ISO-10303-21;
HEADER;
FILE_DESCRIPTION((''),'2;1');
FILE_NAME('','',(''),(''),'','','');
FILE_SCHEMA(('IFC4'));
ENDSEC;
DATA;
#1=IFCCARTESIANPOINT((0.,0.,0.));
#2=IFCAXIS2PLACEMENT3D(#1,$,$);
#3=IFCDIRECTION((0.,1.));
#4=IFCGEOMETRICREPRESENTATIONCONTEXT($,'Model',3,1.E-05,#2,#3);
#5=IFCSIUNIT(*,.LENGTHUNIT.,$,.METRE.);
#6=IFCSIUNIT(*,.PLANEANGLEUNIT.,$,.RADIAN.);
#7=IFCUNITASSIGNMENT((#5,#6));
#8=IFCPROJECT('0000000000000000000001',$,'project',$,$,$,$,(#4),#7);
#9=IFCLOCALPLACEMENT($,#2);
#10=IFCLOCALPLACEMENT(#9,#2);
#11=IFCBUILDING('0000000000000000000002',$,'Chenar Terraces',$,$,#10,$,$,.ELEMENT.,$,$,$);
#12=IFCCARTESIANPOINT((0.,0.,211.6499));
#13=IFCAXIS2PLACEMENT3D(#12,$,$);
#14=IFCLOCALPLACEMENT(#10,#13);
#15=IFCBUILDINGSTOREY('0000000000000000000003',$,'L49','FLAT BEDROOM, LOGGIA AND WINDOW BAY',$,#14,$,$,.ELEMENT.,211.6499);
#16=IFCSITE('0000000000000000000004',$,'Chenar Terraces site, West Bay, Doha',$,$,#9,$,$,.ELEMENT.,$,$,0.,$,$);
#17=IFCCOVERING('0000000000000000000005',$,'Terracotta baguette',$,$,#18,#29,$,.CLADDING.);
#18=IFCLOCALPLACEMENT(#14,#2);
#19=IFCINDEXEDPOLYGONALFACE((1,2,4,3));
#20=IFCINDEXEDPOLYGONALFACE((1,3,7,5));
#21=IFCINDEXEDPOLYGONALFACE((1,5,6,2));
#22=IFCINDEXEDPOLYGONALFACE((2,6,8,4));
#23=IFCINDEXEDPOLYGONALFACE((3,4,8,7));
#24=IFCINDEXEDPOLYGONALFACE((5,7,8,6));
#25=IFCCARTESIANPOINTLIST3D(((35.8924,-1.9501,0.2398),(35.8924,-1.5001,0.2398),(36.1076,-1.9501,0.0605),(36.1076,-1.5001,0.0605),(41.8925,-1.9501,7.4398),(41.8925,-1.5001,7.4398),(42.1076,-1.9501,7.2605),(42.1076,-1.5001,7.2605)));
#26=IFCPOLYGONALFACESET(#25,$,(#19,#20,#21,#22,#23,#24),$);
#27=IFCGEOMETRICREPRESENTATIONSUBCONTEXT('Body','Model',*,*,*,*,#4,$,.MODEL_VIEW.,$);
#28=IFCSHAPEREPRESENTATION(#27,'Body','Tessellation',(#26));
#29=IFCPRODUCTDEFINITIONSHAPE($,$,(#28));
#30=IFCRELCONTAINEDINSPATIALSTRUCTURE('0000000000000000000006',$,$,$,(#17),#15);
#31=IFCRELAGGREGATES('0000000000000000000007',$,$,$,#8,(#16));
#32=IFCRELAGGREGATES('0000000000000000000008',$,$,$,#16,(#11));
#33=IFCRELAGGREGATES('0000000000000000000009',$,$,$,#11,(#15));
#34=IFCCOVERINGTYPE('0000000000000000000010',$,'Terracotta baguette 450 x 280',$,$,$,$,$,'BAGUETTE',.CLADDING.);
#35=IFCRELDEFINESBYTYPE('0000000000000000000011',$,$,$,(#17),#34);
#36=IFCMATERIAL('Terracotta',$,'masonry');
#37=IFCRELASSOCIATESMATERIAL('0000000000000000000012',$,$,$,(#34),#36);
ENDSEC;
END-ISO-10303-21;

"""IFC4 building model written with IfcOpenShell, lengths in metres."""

from ifc_helpers import new_model, si_unit, direction, frame, origin, origin_2d, place, context, subcontext, project, spatial, rectangle, extrude, material, material_profile, profile_set, type_object, element, save


model = new_model("IFC4")

# Units and contexts
model_context = context("Model", 3, precision=1e-05, world=origin(), true_north=direction((0.0, 1.0)))
body_context = subcontext(model_context, "Body", "Model", "MODEL_VIEW")
ifc_project = project(units=[si_unit("LENGTHUNIT", "METRE"), si_unit("PLANEANGLEUNIT", "RADIAN")], contexts=[model_context])

# Site, building, storey
site_placement = place(None, origin())
site = spatial("IfcSite", under=ifc_project, at=site_placement, Name="Chenar Terraces site, West Bay, Doha", CompositionType="ELEMENT", RefElevation=0.0)
building_placement = place(site_placement, origin())
building = spatial("IfcBuilding", under=site, at=building_placement, Name="Chenar Terraces", CompositionType="ELEMENT")
storey_placement = place(building_placement, frame((0.0, 0.0, 211.6499)))
storey = spatial("IfcBuildingStorey", under=building, at=storey_placement, Name="L49", Description="FLAT BEDROOM, LOGGIA AND WINDOW BAY", CompositionType="ELEMENT", Elevation=211.6499)

# Covering
ifc_material_1 = material(Name="Terracotta", Category="masonry")
ifc_material_profile_1 = material_profile(ifc_material_1, rectangle(XDim=0.45, YDim=0.28, at=origin_2d()), Name="Terracotta baguette 450 x 280")
ifc_profile_set_1 = profile_set([ifc_material_profile_1], Name="Terracotta")
covering_type = type_object("IfcCoveringType", Name="Terracotta baguette 450 x 280", ElementType="BAGUETTE", PredefinedType="CLADDING", material=ifc_profile_set_1)
for number, where, z_axis, x_axis, name in (
    (1, (36.0, -1.7251, 0.1501), (0.640187, 0.0, 0.768219), (0.0, 1.0, 0.0), "Terracotta baguette"),
):
    element("IfcCovering", number, at=place(storey_placement, frame(where, z_axis=z_axis, x_axis=x_axis)), inside=storey, type_object=covering_type, Name=name, PredefinedType="CLADDING", context=body_context, shape_type="SweptSolid", body=[
        extrude(rectangle(XDim=0.45, YDim=0.28, at=origin_2d()), origin(), (0.0, 0.0, 1.0), 9.3723),
    ])

save(model, "model.ifc")
